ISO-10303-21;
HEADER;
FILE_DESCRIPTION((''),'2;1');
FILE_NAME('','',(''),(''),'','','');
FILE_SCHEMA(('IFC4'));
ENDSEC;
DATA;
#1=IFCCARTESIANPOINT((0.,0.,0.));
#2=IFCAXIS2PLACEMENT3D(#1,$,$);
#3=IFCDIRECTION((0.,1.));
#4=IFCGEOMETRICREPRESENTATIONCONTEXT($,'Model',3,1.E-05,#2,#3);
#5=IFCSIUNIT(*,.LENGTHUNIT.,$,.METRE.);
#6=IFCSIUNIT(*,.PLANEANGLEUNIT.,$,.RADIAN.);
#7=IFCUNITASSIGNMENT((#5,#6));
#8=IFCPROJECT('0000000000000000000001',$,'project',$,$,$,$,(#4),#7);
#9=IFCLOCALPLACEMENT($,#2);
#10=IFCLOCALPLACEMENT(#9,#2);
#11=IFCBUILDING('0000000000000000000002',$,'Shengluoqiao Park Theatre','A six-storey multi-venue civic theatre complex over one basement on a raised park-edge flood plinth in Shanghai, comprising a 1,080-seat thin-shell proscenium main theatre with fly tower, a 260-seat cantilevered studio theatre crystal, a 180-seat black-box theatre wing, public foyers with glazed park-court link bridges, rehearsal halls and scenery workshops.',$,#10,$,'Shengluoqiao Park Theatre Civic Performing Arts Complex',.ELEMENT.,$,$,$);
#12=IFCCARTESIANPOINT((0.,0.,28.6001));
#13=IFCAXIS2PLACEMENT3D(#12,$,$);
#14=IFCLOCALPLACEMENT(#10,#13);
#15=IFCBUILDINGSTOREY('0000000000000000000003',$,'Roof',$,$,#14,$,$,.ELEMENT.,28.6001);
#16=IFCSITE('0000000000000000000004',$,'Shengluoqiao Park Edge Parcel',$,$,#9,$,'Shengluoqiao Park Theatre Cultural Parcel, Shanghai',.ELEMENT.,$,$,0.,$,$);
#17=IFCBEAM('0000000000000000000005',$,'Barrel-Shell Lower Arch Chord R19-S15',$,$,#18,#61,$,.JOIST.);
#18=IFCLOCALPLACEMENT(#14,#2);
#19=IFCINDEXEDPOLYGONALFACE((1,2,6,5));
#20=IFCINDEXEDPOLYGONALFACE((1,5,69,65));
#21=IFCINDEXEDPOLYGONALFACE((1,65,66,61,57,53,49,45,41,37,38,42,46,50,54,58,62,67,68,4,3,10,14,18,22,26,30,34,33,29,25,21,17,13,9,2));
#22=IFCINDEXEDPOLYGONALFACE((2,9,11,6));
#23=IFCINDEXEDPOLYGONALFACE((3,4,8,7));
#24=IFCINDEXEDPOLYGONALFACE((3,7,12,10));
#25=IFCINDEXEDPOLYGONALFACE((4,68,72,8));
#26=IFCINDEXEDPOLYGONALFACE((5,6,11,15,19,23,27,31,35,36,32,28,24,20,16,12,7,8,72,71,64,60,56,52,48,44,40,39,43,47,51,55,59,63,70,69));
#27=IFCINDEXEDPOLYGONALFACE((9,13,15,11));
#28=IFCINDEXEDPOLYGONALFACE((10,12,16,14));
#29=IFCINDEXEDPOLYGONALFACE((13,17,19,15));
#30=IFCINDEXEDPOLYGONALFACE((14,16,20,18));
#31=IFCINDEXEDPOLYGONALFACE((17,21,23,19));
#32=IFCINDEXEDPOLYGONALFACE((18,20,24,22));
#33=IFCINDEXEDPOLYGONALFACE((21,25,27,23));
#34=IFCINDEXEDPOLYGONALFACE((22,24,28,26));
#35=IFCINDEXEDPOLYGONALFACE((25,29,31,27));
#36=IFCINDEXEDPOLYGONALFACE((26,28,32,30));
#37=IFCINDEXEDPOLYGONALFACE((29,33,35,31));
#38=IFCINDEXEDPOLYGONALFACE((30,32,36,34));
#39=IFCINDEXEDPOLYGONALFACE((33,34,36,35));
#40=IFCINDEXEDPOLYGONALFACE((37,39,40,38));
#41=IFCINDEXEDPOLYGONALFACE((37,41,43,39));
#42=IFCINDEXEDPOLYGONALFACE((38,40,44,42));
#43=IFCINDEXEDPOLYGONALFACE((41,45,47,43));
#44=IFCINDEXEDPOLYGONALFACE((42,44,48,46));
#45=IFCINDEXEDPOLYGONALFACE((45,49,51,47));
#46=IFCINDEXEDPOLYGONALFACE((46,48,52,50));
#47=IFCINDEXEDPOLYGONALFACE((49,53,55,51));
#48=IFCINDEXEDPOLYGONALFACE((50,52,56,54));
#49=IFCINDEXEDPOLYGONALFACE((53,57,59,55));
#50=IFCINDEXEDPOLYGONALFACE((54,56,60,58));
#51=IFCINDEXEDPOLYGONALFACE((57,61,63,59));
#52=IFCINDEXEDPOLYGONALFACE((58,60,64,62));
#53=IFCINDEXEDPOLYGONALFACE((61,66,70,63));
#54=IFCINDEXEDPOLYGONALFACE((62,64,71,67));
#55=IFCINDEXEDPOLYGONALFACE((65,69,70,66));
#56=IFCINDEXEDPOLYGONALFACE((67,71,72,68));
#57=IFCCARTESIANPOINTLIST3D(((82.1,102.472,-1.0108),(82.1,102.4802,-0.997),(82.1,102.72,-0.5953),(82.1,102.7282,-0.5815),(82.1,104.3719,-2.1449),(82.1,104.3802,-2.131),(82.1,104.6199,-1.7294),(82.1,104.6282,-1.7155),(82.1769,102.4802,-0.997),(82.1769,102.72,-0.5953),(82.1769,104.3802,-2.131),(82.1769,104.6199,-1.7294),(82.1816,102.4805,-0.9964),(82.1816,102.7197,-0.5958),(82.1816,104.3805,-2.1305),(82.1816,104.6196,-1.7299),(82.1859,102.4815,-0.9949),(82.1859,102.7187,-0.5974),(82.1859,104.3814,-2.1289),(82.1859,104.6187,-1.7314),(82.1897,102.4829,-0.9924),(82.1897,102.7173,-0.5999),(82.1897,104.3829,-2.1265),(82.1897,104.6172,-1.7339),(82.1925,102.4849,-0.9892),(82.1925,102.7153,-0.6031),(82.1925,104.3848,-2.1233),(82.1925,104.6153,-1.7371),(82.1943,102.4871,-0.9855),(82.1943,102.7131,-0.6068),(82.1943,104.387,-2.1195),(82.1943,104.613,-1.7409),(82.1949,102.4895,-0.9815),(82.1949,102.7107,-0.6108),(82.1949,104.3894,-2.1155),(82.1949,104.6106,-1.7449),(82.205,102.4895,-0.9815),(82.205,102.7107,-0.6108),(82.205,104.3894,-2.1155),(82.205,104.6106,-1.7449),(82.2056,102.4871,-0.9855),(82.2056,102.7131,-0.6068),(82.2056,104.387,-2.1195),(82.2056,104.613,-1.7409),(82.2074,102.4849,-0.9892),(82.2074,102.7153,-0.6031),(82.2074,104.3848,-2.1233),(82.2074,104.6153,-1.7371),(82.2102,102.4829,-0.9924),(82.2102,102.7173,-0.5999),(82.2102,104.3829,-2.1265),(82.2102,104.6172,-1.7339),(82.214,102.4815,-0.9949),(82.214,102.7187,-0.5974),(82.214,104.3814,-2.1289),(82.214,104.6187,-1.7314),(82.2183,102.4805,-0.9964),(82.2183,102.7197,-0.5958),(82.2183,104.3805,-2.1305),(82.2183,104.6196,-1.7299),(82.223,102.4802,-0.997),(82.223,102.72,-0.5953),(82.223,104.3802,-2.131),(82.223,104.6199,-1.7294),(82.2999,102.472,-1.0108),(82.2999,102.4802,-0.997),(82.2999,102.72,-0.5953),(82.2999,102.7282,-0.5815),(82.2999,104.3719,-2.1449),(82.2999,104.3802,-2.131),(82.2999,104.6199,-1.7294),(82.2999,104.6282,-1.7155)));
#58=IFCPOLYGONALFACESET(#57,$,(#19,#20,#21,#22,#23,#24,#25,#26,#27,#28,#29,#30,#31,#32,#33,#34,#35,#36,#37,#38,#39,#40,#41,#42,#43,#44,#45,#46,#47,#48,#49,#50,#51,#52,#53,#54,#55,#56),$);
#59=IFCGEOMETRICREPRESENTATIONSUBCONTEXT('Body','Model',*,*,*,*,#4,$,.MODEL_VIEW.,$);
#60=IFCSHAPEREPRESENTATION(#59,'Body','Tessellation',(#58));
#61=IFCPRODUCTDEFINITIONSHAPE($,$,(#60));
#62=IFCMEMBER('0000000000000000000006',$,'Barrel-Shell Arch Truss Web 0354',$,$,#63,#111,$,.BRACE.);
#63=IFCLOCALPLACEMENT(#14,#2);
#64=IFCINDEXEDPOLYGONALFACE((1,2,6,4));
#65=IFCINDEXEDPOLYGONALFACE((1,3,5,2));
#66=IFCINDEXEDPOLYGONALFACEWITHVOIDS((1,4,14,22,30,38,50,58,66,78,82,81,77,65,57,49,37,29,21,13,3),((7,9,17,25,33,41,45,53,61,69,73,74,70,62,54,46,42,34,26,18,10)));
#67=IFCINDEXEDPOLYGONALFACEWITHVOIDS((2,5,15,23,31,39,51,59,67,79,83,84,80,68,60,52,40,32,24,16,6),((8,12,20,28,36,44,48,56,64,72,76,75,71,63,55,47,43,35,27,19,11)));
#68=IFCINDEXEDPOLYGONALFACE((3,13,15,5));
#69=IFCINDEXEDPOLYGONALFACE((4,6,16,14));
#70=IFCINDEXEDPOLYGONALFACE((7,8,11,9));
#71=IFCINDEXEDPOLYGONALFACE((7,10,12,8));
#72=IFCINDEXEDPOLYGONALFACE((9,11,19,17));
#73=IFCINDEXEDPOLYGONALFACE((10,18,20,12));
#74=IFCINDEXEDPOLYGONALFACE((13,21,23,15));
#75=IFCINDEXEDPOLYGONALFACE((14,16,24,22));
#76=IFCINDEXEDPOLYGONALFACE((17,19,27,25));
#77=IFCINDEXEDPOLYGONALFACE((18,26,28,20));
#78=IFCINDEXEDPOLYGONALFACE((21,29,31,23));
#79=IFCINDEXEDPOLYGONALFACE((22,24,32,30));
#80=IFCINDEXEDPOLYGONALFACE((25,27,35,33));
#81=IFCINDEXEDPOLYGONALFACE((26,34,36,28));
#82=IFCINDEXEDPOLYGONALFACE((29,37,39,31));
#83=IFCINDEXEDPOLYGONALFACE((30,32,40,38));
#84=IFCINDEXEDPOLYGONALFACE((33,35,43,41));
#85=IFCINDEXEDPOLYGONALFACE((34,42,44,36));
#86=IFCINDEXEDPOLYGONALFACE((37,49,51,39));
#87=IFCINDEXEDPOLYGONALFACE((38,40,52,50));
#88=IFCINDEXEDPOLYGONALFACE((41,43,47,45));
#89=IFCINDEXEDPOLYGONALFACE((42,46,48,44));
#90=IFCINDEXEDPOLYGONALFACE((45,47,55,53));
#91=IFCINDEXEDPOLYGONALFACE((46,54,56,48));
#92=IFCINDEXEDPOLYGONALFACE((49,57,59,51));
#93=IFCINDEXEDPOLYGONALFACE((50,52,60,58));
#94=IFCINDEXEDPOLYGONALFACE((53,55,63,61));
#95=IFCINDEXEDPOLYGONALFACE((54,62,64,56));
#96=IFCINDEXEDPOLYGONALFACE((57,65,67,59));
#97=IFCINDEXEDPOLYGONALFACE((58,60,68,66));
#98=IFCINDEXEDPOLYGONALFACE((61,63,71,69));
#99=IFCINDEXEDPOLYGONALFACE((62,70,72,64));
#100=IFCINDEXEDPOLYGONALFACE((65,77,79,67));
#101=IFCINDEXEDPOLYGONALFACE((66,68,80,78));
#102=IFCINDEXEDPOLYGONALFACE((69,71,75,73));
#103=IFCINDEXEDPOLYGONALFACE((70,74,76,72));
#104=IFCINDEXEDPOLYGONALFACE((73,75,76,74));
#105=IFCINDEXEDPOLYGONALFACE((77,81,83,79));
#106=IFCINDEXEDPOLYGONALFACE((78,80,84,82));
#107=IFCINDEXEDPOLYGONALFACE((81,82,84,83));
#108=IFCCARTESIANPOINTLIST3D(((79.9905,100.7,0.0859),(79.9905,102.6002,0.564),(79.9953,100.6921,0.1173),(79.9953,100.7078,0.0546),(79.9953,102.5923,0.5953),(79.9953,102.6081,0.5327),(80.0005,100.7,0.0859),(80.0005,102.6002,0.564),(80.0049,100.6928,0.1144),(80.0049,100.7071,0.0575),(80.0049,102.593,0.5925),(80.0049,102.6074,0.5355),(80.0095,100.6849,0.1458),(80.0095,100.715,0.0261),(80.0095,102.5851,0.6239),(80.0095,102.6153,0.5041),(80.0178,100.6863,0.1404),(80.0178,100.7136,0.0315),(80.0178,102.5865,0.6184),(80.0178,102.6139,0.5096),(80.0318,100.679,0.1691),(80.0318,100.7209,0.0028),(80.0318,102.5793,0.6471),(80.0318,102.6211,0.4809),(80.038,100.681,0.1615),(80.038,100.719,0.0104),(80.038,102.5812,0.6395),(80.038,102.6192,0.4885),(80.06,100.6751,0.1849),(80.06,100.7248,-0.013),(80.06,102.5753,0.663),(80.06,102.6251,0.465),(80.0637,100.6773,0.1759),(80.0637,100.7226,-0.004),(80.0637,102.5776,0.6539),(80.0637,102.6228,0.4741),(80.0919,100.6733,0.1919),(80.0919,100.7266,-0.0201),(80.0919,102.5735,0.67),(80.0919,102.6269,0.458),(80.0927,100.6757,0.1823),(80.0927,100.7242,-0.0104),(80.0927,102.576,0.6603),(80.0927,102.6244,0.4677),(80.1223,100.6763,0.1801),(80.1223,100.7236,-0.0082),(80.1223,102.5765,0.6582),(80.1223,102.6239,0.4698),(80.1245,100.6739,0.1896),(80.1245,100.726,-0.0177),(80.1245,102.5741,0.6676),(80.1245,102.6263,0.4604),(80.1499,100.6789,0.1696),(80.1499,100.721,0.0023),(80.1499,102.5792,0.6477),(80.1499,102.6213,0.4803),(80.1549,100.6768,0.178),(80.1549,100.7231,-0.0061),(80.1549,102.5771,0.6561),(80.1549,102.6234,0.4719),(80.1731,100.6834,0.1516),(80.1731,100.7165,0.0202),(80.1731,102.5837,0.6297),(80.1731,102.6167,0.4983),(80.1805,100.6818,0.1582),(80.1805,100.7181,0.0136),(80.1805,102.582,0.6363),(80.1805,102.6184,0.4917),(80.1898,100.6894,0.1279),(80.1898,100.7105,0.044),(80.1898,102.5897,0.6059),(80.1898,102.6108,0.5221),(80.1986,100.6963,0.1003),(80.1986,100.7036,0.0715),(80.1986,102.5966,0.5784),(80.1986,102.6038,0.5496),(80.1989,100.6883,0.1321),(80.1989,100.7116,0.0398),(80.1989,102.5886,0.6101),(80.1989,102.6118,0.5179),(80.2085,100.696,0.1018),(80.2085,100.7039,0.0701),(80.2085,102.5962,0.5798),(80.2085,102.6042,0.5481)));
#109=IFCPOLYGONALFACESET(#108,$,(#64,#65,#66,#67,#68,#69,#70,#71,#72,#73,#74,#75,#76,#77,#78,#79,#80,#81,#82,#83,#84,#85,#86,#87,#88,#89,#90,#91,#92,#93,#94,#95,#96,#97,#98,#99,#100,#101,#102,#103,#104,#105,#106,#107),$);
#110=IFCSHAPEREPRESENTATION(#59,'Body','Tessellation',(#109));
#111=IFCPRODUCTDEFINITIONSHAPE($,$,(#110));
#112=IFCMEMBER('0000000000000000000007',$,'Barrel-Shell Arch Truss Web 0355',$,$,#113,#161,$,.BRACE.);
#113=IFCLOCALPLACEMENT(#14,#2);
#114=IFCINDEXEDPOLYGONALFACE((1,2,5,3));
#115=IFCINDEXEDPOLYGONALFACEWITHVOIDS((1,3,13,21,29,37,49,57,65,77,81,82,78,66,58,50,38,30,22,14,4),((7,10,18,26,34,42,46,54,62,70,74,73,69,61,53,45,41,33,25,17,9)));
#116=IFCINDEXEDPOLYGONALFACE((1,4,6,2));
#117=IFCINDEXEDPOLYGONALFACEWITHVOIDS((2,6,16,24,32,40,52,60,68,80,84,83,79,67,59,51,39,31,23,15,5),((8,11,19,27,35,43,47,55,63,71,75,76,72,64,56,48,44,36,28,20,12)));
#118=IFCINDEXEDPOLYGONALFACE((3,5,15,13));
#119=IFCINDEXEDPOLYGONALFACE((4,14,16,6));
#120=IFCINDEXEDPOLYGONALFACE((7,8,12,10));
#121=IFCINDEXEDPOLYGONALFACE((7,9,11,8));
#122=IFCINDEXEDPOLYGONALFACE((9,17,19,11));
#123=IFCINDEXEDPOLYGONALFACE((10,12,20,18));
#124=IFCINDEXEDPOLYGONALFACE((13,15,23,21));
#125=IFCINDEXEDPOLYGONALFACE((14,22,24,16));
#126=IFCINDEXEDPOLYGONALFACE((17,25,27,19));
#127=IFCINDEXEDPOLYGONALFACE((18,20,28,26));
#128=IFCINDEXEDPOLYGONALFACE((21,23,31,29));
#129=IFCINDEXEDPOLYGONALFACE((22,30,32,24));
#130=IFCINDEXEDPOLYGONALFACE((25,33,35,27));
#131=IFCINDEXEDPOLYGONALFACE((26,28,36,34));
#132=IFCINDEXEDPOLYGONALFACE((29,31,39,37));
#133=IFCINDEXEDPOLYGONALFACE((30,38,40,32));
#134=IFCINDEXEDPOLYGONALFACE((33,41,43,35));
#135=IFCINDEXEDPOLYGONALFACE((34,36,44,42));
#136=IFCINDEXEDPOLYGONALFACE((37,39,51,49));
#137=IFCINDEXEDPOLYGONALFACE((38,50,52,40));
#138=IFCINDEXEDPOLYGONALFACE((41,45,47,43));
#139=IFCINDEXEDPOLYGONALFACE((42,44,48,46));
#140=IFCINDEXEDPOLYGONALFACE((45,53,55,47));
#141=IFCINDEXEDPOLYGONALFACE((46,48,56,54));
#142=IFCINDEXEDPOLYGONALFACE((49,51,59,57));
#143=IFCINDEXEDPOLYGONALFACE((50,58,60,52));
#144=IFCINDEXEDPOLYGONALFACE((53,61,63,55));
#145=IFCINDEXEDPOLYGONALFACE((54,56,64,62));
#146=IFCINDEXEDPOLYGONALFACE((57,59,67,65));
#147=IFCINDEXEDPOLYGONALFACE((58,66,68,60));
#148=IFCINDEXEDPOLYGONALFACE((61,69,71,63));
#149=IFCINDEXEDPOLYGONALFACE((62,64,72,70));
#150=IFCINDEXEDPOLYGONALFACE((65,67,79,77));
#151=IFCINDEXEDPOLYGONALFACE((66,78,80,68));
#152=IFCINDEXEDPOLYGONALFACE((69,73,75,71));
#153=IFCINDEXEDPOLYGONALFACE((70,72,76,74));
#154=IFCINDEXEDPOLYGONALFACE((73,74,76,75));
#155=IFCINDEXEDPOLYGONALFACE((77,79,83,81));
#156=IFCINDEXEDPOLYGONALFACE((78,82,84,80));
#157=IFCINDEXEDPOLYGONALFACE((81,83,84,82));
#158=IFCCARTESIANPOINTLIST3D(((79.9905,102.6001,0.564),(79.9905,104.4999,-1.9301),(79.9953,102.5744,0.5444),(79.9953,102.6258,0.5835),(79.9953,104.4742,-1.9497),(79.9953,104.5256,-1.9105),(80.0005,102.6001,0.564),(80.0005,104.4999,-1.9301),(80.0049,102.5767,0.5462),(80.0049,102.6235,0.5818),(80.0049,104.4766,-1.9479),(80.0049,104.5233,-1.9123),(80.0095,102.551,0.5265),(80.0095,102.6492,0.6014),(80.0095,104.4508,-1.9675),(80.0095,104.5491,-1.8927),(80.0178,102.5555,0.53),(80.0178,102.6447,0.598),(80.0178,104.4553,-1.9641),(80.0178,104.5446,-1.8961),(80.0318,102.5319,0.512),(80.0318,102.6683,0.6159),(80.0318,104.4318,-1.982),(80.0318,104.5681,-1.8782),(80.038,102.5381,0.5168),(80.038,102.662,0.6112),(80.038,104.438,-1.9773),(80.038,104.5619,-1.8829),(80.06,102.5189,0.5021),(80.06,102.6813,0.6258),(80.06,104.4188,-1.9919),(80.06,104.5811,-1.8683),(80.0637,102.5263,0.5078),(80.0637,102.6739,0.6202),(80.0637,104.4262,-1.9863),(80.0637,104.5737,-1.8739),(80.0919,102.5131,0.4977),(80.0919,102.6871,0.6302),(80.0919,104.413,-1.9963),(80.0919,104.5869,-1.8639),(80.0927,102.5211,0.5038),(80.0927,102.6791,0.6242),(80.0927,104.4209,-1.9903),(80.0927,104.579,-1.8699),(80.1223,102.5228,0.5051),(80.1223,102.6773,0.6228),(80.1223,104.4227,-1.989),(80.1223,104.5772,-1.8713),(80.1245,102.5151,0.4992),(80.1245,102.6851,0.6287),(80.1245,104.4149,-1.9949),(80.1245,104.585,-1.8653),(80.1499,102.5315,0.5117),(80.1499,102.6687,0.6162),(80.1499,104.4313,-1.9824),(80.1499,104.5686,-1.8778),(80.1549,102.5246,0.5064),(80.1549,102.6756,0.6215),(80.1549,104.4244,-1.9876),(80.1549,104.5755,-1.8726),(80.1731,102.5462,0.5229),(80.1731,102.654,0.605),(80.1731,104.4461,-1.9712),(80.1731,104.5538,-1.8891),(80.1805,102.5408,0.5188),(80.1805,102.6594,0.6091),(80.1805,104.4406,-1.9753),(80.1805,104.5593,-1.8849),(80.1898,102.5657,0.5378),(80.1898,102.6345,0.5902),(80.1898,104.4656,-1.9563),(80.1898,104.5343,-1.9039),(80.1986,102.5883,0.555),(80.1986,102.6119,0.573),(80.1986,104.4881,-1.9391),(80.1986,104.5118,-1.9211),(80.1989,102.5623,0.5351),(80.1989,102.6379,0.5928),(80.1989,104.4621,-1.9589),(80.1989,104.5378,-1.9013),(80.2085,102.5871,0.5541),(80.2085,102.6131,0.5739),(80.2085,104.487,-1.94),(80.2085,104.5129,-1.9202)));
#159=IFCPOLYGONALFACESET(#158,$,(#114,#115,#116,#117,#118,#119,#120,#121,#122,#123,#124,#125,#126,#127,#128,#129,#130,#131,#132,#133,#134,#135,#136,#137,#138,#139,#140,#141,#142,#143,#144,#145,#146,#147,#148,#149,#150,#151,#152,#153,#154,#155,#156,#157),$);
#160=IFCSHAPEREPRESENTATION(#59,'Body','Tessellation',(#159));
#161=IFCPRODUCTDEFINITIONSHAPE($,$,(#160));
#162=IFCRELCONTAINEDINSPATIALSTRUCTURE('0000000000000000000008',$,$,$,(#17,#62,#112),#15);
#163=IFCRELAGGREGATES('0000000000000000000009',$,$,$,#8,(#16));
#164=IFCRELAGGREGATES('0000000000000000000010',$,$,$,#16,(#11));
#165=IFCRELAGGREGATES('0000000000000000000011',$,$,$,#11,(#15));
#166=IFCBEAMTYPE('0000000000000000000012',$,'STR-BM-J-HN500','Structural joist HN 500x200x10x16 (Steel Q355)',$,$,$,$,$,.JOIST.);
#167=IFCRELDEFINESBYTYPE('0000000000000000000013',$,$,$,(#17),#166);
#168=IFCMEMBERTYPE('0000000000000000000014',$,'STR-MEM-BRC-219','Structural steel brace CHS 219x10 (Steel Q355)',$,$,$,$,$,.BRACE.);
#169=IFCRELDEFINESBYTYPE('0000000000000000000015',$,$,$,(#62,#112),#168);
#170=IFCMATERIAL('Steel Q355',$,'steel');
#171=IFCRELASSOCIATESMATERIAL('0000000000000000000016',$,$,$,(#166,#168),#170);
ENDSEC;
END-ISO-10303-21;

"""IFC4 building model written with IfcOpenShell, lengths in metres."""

from ifc_helpers import new_model, si_unit, direction, frame, origin, origin_2d, place, context, subcontext, project, spatial, hollow_circle, i_section, extrude, material, material_profile, profile_set, type_object, element, save


model = new_model("IFC4")

# Units and contexts
model_context = context("Model", 3, precision=1e-05, world=origin(), true_north=direction((0.0, 1.0)))
body_context = subcontext(model_context, "Body", "Model", "MODEL_VIEW")
ifc_project = project(units=[si_unit("LENGTHUNIT", "METRE"), si_unit("PLANEANGLEUNIT", "RADIAN")], contexts=[model_context])

# Site, building, storey
site_placement = place(None, origin())
site = spatial("IfcSite", under=ifc_project, at=site_placement, Name="Shengluoqiao Park Edge Parcel", LongName="Shengluoqiao Park Theatre Cultural Parcel, Shanghai", CompositionType="ELEMENT", RefElevation=0.0)
building_placement = place(site_placement, origin())
building = spatial("IfcBuilding", under=site, at=building_placement, Name="Shengluoqiao Park Theatre", Description="A six-storey multi-venue civic theatre complex over one basement on a raised park-edge flood plinth in Shanghai, comprising a 1,080-seat thin-shell proscenium main theatre with fly tower, a 260-seat cantilevered studio theatre crystal, a 180-seat black-box theatre wing, public foyers with glazed park-court link bridges, rehearsal halls and scenery workshops.", LongName="Shengluoqiao Park Theatre Civic Performing Arts Complex", CompositionType="ELEMENT")
storey_placement = place(building_placement, frame((0.0, 0.0, 28.6001)))
storey = spatial("IfcBuildingStorey", under=building, at=storey_placement, Name="Roof", CompositionType="ELEMENT", Elevation=28.6001)

# Beam
ifc_material_1 = material(Name="Steel Q355", Category="steel")
ifc_material_profile_1 = material_profile(ifc_material_1, i_section(OverallWidth=0.2, OverallDepth=0.5, WebThickness=0.01, FlangeThickness=0.0161, FilletRadius=0.0181, at=origin_2d()), Name="HN 500x200x10x16")
ifc_profile_set_1 = profile_set([ifc_material_profile_1], Name="Steel Q355")
beam_type_1 = type_object("IfcBeamType", Name="STR-BM-J-HN500", Description="Structural joist HN 500x200x10x16 (Steel Q355)", PredefinedType="JOIST", material=ifc_profile_set_1)
beam_1_placement = place(storey_placement, frame((82.2, 102.6001, -0.7961), z_axis=(0.0, 0.858669, -0.512531), x_axis=(-1.0, 0.0, 0.0)))
element("IfcBeam", 1, at=beam_1_placement, inside=storey, type_object=beam_type_1, Name="Barrel-Shell Lower Arch Chord R19-S15", PredefinedType="JOIST", context=body_context, shape_type="SweptSolid", body=[
    extrude(i_section(OverallWidth=0.2, OverallDepth=0.5, WebThickness=0.01, FlangeThickness=0.0161, FilletRadius=0.0181, at=origin_2d()), origin(), (0.0, 0.0, 1.0), 2.2126),
])

# Members
ifc_material_profile_2 = material_profile(ifc_material_1, hollow_circle(Radius=0.1096, WallThickness=0.01, at=origin_2d()), Name="CHS 219x10")
ifc_profile_set_2 = profile_set([ifc_material_profile_2], Name="Steel Q355")
member_type_1 = type_object("IfcMemberType", Name="STR-MEM-BRC-219", Description="Structural steel brace CHS 219x10 (Steel Q355)", PredefinedType="BRACE", material=ifc_profile_set_2)
member_1_placement = place(storey_placement, frame((80.1001, 100.7, 0.0859), z_axis=(0.0, 0.969782, 0.243972), x_axis=(-1.0, 0.0, 0.0)))
element("IfcMember", 2, at=member_1_placement, inside=storey, type_object=member_type_1, Name="Barrel-Shell Arch Truss Web 0354", PredefinedType="BRACE", context=body_context, shape_type="SweptSolid", body=[
    extrude(hollow_circle(Radius=0.1096, WallThickness=0.01, at=origin_2d()), origin(), (0.0, 0.0, 1.0), 1.9595),
])
member_2_placement = place(storey_placement, frame((80.1001, 102.6001, 0.564), z_axis=(0.0, 0.605963, -0.795492), x_axis=(-1.0, 0.0, 0.0)))
element("IfcMember", 3, at=member_2_placement, inside=storey, type_object=member_type_1, Name="Barrel-Shell Arch Truss Web 0355", PredefinedType="BRACE", context=body_context, shape_type="SweptSolid", body=[
    extrude(hollow_circle(Radius=0.1096, WallThickness=0.01, at=origin_2d()), origin(), (0.0, 0.0, 1.0), 3.1353),
])

save(model, "model.ifc")
